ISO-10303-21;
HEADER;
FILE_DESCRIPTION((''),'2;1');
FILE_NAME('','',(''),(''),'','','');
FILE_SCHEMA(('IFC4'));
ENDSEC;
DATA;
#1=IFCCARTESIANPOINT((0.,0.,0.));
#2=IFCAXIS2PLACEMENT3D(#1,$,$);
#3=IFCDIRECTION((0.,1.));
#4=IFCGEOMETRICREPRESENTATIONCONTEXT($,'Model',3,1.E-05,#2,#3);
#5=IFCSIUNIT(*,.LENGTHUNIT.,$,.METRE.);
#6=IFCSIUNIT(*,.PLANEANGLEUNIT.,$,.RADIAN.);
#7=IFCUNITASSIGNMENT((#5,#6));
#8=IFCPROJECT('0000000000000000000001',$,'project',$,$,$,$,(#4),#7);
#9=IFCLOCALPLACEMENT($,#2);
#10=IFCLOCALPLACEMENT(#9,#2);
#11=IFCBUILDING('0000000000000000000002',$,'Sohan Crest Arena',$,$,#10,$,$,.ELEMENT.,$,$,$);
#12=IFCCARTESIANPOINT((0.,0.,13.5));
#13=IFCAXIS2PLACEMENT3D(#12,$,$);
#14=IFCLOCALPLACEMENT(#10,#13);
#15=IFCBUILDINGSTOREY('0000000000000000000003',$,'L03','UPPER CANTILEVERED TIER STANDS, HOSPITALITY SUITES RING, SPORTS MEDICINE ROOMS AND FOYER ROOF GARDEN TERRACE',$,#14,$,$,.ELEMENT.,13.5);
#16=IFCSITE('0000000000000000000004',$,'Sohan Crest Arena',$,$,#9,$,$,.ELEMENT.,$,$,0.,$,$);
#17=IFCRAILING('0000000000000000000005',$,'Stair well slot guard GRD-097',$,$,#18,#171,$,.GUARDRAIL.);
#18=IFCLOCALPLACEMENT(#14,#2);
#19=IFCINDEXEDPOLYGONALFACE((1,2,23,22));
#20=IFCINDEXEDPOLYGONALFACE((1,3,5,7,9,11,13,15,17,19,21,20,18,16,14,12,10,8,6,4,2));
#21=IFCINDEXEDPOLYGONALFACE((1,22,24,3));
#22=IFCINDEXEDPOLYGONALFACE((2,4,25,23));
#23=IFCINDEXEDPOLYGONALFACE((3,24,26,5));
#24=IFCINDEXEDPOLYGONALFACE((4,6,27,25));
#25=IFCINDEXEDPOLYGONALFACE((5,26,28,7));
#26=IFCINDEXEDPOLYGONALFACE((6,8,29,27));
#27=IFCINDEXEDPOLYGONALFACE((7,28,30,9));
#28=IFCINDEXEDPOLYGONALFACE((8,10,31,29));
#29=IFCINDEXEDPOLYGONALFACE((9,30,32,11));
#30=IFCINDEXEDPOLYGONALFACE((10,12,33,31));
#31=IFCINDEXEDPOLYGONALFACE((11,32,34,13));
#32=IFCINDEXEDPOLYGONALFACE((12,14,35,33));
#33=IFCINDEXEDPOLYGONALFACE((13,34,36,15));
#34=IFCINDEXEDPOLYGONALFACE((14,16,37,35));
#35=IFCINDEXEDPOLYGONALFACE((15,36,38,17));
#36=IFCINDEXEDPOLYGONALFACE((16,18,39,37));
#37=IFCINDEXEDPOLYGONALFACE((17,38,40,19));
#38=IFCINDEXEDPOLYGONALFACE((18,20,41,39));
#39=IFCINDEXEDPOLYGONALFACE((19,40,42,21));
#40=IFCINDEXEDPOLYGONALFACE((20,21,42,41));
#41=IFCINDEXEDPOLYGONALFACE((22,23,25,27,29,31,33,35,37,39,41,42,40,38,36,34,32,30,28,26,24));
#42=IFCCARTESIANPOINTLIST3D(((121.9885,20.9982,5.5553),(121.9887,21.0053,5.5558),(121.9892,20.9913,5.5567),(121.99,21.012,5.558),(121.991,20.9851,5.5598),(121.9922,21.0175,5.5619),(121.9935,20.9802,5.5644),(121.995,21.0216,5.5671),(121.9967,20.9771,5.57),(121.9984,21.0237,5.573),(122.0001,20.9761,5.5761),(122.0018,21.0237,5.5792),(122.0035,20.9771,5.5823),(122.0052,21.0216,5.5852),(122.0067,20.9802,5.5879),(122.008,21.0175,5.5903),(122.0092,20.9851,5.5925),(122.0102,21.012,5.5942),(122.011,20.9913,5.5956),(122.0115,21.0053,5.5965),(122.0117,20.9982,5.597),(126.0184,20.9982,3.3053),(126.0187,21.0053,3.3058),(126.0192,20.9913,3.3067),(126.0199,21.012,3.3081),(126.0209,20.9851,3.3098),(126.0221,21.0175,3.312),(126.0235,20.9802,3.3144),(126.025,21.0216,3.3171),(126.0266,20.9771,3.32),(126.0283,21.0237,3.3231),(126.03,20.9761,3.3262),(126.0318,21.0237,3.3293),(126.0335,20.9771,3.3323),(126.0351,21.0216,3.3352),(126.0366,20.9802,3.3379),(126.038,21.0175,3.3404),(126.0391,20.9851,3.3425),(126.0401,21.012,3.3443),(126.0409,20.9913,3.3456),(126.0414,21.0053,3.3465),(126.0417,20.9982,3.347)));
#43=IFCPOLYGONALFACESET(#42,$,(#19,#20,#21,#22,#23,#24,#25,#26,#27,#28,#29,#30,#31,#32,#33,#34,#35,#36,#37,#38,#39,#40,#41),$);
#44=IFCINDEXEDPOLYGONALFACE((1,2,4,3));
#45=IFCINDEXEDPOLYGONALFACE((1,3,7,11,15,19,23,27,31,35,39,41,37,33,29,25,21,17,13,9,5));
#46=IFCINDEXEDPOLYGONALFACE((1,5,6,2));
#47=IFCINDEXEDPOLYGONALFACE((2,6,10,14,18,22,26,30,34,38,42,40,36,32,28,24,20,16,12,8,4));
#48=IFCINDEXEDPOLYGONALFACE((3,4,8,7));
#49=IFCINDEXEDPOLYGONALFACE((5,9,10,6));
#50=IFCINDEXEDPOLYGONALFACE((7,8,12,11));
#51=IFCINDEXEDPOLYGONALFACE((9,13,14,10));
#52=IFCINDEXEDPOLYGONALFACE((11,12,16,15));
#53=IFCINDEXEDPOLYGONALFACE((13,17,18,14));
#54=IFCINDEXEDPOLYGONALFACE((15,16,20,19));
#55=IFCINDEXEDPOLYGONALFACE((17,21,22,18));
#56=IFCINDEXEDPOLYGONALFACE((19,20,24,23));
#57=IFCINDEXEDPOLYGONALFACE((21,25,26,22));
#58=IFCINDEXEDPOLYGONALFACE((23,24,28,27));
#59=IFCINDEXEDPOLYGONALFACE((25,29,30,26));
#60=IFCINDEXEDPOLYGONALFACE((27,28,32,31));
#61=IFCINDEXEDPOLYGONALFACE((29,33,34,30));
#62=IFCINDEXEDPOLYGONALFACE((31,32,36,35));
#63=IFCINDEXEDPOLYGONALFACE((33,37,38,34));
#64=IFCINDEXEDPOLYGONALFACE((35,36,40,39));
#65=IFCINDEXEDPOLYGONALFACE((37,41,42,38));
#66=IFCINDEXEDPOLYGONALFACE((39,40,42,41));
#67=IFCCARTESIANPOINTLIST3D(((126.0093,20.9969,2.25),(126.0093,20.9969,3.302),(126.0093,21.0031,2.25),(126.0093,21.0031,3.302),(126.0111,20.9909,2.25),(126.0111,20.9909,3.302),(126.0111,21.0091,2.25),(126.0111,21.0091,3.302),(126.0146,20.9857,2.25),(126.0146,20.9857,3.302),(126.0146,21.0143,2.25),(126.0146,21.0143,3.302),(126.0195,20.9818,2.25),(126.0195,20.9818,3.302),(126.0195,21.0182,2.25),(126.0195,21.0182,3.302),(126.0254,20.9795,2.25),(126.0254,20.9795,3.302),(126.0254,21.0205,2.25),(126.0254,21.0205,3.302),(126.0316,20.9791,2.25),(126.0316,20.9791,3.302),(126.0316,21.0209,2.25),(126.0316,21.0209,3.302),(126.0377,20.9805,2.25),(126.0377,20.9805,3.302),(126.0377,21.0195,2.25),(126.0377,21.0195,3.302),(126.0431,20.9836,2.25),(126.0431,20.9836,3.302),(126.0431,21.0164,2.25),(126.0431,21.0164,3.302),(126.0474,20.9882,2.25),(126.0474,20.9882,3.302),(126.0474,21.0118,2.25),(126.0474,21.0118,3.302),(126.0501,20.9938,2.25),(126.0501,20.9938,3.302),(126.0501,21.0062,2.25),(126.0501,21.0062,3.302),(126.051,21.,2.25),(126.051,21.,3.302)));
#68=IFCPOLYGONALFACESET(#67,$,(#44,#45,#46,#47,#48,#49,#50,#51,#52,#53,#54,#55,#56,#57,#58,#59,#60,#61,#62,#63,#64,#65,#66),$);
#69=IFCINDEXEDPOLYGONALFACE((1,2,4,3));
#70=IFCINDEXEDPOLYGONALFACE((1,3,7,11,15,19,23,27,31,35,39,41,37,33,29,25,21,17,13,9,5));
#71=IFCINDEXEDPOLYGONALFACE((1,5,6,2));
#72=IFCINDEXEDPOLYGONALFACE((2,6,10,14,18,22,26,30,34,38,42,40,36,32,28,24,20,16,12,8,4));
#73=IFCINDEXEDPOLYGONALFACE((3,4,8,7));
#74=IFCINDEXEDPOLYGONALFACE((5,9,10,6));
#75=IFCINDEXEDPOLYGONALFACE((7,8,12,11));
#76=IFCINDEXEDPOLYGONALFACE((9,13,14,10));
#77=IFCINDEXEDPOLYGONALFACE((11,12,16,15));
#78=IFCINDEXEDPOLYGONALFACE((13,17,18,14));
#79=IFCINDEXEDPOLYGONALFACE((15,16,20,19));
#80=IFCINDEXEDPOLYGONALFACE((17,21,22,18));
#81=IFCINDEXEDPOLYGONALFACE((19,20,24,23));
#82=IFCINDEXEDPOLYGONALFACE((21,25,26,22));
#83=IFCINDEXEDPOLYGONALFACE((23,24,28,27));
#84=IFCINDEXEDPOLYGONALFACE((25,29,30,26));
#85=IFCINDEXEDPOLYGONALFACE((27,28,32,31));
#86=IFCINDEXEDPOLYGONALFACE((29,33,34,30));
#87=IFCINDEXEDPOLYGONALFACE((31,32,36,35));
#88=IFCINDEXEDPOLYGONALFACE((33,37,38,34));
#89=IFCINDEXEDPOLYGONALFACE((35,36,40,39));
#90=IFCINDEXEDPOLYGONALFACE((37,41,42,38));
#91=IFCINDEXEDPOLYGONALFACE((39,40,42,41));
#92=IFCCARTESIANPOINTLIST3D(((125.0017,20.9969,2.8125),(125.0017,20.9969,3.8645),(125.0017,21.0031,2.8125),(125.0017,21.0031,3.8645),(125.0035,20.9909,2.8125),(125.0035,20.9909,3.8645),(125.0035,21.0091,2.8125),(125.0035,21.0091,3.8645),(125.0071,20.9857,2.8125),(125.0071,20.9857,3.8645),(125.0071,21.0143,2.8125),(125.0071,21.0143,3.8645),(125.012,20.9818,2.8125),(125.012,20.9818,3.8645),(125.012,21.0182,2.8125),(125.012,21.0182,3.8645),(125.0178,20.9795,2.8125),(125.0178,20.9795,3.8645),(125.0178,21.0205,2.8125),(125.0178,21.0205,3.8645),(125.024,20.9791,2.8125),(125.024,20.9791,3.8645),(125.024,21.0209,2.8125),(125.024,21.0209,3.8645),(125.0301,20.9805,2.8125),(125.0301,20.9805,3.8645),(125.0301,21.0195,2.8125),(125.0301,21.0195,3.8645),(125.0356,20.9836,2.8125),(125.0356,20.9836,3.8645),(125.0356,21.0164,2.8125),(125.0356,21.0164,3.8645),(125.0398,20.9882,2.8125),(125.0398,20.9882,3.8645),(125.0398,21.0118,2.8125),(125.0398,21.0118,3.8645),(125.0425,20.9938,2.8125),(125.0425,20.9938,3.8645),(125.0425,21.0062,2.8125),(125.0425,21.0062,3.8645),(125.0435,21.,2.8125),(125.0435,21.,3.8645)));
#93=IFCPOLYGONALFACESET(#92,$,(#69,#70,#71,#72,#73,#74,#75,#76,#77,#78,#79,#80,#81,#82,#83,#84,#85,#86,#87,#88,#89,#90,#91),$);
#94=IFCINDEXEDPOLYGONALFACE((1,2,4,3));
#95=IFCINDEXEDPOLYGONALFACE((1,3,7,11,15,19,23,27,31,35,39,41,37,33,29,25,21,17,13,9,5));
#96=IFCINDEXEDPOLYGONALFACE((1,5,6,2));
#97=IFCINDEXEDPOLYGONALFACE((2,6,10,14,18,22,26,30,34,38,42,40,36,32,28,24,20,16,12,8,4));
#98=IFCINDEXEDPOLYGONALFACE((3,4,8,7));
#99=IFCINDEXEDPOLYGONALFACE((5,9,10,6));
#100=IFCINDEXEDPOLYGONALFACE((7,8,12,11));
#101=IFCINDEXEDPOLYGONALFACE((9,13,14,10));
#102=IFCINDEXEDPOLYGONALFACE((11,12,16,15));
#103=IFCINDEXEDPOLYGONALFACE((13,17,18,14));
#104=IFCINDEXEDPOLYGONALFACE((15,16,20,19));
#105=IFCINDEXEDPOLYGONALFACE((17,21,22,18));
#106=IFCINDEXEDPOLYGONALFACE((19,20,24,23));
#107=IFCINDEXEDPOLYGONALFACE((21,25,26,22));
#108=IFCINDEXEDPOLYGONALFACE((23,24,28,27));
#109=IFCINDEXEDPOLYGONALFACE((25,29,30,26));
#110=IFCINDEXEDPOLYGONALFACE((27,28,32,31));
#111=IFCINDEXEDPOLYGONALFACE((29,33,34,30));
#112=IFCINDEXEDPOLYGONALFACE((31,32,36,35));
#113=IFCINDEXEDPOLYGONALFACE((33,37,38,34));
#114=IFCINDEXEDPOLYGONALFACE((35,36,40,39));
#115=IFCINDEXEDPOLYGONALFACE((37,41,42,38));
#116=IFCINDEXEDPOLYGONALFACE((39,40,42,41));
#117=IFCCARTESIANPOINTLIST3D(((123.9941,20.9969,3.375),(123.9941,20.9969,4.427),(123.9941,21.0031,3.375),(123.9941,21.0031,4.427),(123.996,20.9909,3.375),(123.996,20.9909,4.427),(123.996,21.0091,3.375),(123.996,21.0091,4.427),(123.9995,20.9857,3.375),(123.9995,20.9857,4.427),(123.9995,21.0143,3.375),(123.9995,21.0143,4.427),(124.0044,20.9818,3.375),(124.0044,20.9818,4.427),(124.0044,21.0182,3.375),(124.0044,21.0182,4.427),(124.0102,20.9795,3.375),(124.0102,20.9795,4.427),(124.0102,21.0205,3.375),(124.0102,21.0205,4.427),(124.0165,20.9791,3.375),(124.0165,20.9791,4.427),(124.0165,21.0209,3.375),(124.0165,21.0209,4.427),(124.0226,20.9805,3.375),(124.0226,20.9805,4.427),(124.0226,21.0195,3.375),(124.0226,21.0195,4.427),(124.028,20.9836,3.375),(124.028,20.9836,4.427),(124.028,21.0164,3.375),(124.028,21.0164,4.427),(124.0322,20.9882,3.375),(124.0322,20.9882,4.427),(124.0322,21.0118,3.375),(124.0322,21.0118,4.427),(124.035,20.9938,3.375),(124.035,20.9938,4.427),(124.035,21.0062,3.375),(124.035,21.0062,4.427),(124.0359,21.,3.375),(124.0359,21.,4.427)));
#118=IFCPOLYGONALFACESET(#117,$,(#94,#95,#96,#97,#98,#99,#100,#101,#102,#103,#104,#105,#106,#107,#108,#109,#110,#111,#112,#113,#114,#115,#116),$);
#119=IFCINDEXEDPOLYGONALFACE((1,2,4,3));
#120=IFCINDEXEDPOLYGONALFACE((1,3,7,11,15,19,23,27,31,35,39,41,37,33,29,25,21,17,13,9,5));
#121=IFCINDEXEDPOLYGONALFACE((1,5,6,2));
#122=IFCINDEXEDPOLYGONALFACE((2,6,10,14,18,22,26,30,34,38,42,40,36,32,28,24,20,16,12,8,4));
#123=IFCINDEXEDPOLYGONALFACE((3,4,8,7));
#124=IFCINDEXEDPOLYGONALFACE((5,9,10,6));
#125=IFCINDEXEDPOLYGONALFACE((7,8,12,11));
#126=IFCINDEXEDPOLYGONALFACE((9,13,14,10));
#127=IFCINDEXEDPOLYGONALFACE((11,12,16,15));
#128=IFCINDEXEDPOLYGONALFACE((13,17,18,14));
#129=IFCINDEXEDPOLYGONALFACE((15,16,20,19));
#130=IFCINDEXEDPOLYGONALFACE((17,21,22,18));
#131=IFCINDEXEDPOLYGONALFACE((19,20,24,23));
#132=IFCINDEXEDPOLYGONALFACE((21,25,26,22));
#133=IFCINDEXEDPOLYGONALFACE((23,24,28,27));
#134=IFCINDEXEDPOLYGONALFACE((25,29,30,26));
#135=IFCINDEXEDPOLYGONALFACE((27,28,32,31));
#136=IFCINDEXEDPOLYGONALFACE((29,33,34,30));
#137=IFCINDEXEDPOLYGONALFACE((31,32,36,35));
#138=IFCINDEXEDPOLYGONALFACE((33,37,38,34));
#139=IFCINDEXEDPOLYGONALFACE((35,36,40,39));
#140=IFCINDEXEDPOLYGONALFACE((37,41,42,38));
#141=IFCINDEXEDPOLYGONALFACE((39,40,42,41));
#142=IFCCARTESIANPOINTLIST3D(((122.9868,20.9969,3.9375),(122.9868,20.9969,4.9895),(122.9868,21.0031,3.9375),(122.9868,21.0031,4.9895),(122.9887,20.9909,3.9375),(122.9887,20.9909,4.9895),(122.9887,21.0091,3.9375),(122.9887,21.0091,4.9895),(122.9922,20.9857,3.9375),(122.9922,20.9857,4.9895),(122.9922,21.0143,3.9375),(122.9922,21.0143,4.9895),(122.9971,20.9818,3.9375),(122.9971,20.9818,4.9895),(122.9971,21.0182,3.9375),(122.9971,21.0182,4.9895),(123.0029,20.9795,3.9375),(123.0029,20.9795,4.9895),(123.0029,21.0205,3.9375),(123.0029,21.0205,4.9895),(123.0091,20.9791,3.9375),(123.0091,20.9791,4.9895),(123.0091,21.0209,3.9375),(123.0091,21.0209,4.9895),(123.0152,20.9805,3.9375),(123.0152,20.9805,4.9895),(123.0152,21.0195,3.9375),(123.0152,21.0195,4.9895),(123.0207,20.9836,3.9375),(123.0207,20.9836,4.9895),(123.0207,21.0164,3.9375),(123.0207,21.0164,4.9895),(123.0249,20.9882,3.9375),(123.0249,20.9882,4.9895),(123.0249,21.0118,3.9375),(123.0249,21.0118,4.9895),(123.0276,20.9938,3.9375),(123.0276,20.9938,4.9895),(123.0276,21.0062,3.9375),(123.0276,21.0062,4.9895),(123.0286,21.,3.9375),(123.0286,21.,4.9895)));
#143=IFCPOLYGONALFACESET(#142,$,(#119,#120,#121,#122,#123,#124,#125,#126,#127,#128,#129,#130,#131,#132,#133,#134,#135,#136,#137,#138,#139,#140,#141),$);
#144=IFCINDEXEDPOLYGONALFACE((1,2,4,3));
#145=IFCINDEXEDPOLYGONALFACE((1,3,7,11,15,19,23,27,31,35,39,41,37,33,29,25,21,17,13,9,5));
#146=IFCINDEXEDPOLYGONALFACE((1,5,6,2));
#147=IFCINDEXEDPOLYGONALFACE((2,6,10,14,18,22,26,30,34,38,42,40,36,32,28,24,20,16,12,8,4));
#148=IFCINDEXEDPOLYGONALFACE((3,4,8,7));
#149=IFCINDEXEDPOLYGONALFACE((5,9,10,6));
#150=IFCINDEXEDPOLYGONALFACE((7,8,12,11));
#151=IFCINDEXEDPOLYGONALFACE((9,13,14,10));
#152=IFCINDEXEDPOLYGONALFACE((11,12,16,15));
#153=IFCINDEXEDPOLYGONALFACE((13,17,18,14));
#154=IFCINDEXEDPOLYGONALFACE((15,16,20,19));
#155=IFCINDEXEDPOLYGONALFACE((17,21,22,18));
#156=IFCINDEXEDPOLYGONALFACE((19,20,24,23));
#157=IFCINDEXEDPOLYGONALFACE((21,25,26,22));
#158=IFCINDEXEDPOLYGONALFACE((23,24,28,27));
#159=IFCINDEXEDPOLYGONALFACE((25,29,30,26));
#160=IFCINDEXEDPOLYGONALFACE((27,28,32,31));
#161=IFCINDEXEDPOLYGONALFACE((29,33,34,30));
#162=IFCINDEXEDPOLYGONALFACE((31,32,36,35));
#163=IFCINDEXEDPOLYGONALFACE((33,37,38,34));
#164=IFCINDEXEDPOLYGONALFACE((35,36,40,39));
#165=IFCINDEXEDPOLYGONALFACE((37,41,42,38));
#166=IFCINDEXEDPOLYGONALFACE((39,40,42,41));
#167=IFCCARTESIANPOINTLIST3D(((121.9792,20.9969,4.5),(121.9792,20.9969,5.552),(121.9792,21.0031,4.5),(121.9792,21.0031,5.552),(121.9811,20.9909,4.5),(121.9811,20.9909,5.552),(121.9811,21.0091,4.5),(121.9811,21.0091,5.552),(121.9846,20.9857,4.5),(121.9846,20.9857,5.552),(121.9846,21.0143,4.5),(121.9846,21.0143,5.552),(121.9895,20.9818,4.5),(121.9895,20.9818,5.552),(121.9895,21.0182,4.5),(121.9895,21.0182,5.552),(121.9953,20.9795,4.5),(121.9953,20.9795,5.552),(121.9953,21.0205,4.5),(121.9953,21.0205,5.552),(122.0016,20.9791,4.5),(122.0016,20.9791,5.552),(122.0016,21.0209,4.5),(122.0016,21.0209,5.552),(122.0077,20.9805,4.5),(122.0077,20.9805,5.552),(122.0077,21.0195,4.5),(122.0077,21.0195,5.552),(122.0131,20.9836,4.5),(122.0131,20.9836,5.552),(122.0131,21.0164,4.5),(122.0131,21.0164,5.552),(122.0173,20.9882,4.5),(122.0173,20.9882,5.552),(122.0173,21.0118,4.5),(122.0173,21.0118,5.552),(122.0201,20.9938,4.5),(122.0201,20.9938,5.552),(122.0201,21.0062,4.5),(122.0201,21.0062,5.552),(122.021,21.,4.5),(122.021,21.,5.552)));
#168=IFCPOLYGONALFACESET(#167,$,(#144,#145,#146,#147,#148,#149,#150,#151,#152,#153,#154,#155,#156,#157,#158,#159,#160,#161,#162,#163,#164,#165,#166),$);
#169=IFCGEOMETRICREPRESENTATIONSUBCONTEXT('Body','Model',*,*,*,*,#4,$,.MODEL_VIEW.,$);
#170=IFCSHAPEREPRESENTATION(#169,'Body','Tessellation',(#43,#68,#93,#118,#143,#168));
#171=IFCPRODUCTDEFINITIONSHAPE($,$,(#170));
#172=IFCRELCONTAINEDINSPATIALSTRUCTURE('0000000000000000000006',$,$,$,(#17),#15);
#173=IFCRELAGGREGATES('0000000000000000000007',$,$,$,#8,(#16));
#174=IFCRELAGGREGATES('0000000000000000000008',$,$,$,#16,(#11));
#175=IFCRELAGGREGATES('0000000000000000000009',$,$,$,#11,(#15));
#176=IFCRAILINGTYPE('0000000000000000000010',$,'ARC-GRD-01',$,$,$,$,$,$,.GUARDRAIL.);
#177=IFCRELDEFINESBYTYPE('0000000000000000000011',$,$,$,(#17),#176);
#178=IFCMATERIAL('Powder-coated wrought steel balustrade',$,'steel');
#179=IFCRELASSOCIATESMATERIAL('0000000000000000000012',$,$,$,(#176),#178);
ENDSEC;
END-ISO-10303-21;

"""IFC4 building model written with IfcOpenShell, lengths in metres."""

from ifc_helpers import new_model, si_unit, direction, frame, origin, origin_2d, place, context, subcontext, project, spatial, circle, extrude, material, type_object, element, save


model = new_model("IFC4")

# Units and contexts
model_context = context("Model", 3, precision=1e-05, world=origin(), true_north=direction((0.0, 1.0)))
body_context = subcontext(model_context, "Body", "Model", "MODEL_VIEW")
ifc_project = project(units=[si_unit("LENGTHUNIT", "METRE"), si_unit("PLANEANGLEUNIT", "RADIAN")], contexts=[model_context])

# Site, building, storey
site_placement = place(None, origin())
site = spatial("IfcSite", under=ifc_project, at=site_placement, Name="Sohan Crest Arena", CompositionType="ELEMENT", RefElevation=0.0)
building_placement = place(site_placement, origin())
building = spatial("IfcBuilding", under=site, at=building_placement, Name="Sohan Crest Arena", CompositionType="ELEMENT")
storey_placement = place(building_placement, frame((0.0, 0.0, 13.5)))
storey = spatial("IfcBuildingStorey", under=building, at=storey_placement, Name="L03", Description="UPPER CANTILEVERED TIER STANDS, HOSPITALITY SUITES RING, SPORTS MEDICINE ROOMS AND FOYER ROOF GARDEN TERRACE", CompositionType="ELEMENT", Elevation=13.5)

# Railing
ifc_material_1 = material(Name="Powder-coated wrought steel balustrade", Category="steel")
railing_type_1 = type_object("IfcRailingType", Name="ARC-GRD-01", PredefinedType="GUARDRAIL", material=ifc_material_1)
railing_1_placement = place(storey_placement, frame((126.03, 21.0, 2.25)))
element("IfcRailing", 1, at=railing_1_placement, inside=storey, type_object=railing_type_1, Name="Stair well slot guard GRD-097", PredefinedType="GUARDRAIL", context=body_context, shape_type="SweptSolid", body=[
    extrude(circle(Radius=0.0239, at=origin_2d()), frame((0.0, 0.0, 1.0762), z_axis=(-0.873135, 0.0, 0.487479), x_axis=(0.0, -1.0, 0.0)), (0.0, 0.0, 1.0), 4.6155),
    extrude(circle(Radius=0.021, at=origin_2d()), origin(), (0.0, 0.0, 1.0), 1.052),
    extrude(circle(Radius=0.021, at=origin_2d()), frame((-1.0076, 0.0, 0.5625)), (0.0, 0.0, 1.0), 1.052),
    extrude(circle(Radius=0.021, at=origin_2d()), frame((-2.0151, 0.0, 1.125)), (0.0, 0.0, 1.0), 1.052),
    extrude(circle(Radius=0.021, at=origin_2d()), frame((-3.0225, 0.0, 1.6875)), (0.0, 0.0, 1.0), 1.052),
    extrude(circle(Radius=0.021, at=origin_2d()), frame((-4.03, 0.0, 2.25)), (0.0, 0.0, 1.0), 1.052),
])

save(model, "model.ifc")
